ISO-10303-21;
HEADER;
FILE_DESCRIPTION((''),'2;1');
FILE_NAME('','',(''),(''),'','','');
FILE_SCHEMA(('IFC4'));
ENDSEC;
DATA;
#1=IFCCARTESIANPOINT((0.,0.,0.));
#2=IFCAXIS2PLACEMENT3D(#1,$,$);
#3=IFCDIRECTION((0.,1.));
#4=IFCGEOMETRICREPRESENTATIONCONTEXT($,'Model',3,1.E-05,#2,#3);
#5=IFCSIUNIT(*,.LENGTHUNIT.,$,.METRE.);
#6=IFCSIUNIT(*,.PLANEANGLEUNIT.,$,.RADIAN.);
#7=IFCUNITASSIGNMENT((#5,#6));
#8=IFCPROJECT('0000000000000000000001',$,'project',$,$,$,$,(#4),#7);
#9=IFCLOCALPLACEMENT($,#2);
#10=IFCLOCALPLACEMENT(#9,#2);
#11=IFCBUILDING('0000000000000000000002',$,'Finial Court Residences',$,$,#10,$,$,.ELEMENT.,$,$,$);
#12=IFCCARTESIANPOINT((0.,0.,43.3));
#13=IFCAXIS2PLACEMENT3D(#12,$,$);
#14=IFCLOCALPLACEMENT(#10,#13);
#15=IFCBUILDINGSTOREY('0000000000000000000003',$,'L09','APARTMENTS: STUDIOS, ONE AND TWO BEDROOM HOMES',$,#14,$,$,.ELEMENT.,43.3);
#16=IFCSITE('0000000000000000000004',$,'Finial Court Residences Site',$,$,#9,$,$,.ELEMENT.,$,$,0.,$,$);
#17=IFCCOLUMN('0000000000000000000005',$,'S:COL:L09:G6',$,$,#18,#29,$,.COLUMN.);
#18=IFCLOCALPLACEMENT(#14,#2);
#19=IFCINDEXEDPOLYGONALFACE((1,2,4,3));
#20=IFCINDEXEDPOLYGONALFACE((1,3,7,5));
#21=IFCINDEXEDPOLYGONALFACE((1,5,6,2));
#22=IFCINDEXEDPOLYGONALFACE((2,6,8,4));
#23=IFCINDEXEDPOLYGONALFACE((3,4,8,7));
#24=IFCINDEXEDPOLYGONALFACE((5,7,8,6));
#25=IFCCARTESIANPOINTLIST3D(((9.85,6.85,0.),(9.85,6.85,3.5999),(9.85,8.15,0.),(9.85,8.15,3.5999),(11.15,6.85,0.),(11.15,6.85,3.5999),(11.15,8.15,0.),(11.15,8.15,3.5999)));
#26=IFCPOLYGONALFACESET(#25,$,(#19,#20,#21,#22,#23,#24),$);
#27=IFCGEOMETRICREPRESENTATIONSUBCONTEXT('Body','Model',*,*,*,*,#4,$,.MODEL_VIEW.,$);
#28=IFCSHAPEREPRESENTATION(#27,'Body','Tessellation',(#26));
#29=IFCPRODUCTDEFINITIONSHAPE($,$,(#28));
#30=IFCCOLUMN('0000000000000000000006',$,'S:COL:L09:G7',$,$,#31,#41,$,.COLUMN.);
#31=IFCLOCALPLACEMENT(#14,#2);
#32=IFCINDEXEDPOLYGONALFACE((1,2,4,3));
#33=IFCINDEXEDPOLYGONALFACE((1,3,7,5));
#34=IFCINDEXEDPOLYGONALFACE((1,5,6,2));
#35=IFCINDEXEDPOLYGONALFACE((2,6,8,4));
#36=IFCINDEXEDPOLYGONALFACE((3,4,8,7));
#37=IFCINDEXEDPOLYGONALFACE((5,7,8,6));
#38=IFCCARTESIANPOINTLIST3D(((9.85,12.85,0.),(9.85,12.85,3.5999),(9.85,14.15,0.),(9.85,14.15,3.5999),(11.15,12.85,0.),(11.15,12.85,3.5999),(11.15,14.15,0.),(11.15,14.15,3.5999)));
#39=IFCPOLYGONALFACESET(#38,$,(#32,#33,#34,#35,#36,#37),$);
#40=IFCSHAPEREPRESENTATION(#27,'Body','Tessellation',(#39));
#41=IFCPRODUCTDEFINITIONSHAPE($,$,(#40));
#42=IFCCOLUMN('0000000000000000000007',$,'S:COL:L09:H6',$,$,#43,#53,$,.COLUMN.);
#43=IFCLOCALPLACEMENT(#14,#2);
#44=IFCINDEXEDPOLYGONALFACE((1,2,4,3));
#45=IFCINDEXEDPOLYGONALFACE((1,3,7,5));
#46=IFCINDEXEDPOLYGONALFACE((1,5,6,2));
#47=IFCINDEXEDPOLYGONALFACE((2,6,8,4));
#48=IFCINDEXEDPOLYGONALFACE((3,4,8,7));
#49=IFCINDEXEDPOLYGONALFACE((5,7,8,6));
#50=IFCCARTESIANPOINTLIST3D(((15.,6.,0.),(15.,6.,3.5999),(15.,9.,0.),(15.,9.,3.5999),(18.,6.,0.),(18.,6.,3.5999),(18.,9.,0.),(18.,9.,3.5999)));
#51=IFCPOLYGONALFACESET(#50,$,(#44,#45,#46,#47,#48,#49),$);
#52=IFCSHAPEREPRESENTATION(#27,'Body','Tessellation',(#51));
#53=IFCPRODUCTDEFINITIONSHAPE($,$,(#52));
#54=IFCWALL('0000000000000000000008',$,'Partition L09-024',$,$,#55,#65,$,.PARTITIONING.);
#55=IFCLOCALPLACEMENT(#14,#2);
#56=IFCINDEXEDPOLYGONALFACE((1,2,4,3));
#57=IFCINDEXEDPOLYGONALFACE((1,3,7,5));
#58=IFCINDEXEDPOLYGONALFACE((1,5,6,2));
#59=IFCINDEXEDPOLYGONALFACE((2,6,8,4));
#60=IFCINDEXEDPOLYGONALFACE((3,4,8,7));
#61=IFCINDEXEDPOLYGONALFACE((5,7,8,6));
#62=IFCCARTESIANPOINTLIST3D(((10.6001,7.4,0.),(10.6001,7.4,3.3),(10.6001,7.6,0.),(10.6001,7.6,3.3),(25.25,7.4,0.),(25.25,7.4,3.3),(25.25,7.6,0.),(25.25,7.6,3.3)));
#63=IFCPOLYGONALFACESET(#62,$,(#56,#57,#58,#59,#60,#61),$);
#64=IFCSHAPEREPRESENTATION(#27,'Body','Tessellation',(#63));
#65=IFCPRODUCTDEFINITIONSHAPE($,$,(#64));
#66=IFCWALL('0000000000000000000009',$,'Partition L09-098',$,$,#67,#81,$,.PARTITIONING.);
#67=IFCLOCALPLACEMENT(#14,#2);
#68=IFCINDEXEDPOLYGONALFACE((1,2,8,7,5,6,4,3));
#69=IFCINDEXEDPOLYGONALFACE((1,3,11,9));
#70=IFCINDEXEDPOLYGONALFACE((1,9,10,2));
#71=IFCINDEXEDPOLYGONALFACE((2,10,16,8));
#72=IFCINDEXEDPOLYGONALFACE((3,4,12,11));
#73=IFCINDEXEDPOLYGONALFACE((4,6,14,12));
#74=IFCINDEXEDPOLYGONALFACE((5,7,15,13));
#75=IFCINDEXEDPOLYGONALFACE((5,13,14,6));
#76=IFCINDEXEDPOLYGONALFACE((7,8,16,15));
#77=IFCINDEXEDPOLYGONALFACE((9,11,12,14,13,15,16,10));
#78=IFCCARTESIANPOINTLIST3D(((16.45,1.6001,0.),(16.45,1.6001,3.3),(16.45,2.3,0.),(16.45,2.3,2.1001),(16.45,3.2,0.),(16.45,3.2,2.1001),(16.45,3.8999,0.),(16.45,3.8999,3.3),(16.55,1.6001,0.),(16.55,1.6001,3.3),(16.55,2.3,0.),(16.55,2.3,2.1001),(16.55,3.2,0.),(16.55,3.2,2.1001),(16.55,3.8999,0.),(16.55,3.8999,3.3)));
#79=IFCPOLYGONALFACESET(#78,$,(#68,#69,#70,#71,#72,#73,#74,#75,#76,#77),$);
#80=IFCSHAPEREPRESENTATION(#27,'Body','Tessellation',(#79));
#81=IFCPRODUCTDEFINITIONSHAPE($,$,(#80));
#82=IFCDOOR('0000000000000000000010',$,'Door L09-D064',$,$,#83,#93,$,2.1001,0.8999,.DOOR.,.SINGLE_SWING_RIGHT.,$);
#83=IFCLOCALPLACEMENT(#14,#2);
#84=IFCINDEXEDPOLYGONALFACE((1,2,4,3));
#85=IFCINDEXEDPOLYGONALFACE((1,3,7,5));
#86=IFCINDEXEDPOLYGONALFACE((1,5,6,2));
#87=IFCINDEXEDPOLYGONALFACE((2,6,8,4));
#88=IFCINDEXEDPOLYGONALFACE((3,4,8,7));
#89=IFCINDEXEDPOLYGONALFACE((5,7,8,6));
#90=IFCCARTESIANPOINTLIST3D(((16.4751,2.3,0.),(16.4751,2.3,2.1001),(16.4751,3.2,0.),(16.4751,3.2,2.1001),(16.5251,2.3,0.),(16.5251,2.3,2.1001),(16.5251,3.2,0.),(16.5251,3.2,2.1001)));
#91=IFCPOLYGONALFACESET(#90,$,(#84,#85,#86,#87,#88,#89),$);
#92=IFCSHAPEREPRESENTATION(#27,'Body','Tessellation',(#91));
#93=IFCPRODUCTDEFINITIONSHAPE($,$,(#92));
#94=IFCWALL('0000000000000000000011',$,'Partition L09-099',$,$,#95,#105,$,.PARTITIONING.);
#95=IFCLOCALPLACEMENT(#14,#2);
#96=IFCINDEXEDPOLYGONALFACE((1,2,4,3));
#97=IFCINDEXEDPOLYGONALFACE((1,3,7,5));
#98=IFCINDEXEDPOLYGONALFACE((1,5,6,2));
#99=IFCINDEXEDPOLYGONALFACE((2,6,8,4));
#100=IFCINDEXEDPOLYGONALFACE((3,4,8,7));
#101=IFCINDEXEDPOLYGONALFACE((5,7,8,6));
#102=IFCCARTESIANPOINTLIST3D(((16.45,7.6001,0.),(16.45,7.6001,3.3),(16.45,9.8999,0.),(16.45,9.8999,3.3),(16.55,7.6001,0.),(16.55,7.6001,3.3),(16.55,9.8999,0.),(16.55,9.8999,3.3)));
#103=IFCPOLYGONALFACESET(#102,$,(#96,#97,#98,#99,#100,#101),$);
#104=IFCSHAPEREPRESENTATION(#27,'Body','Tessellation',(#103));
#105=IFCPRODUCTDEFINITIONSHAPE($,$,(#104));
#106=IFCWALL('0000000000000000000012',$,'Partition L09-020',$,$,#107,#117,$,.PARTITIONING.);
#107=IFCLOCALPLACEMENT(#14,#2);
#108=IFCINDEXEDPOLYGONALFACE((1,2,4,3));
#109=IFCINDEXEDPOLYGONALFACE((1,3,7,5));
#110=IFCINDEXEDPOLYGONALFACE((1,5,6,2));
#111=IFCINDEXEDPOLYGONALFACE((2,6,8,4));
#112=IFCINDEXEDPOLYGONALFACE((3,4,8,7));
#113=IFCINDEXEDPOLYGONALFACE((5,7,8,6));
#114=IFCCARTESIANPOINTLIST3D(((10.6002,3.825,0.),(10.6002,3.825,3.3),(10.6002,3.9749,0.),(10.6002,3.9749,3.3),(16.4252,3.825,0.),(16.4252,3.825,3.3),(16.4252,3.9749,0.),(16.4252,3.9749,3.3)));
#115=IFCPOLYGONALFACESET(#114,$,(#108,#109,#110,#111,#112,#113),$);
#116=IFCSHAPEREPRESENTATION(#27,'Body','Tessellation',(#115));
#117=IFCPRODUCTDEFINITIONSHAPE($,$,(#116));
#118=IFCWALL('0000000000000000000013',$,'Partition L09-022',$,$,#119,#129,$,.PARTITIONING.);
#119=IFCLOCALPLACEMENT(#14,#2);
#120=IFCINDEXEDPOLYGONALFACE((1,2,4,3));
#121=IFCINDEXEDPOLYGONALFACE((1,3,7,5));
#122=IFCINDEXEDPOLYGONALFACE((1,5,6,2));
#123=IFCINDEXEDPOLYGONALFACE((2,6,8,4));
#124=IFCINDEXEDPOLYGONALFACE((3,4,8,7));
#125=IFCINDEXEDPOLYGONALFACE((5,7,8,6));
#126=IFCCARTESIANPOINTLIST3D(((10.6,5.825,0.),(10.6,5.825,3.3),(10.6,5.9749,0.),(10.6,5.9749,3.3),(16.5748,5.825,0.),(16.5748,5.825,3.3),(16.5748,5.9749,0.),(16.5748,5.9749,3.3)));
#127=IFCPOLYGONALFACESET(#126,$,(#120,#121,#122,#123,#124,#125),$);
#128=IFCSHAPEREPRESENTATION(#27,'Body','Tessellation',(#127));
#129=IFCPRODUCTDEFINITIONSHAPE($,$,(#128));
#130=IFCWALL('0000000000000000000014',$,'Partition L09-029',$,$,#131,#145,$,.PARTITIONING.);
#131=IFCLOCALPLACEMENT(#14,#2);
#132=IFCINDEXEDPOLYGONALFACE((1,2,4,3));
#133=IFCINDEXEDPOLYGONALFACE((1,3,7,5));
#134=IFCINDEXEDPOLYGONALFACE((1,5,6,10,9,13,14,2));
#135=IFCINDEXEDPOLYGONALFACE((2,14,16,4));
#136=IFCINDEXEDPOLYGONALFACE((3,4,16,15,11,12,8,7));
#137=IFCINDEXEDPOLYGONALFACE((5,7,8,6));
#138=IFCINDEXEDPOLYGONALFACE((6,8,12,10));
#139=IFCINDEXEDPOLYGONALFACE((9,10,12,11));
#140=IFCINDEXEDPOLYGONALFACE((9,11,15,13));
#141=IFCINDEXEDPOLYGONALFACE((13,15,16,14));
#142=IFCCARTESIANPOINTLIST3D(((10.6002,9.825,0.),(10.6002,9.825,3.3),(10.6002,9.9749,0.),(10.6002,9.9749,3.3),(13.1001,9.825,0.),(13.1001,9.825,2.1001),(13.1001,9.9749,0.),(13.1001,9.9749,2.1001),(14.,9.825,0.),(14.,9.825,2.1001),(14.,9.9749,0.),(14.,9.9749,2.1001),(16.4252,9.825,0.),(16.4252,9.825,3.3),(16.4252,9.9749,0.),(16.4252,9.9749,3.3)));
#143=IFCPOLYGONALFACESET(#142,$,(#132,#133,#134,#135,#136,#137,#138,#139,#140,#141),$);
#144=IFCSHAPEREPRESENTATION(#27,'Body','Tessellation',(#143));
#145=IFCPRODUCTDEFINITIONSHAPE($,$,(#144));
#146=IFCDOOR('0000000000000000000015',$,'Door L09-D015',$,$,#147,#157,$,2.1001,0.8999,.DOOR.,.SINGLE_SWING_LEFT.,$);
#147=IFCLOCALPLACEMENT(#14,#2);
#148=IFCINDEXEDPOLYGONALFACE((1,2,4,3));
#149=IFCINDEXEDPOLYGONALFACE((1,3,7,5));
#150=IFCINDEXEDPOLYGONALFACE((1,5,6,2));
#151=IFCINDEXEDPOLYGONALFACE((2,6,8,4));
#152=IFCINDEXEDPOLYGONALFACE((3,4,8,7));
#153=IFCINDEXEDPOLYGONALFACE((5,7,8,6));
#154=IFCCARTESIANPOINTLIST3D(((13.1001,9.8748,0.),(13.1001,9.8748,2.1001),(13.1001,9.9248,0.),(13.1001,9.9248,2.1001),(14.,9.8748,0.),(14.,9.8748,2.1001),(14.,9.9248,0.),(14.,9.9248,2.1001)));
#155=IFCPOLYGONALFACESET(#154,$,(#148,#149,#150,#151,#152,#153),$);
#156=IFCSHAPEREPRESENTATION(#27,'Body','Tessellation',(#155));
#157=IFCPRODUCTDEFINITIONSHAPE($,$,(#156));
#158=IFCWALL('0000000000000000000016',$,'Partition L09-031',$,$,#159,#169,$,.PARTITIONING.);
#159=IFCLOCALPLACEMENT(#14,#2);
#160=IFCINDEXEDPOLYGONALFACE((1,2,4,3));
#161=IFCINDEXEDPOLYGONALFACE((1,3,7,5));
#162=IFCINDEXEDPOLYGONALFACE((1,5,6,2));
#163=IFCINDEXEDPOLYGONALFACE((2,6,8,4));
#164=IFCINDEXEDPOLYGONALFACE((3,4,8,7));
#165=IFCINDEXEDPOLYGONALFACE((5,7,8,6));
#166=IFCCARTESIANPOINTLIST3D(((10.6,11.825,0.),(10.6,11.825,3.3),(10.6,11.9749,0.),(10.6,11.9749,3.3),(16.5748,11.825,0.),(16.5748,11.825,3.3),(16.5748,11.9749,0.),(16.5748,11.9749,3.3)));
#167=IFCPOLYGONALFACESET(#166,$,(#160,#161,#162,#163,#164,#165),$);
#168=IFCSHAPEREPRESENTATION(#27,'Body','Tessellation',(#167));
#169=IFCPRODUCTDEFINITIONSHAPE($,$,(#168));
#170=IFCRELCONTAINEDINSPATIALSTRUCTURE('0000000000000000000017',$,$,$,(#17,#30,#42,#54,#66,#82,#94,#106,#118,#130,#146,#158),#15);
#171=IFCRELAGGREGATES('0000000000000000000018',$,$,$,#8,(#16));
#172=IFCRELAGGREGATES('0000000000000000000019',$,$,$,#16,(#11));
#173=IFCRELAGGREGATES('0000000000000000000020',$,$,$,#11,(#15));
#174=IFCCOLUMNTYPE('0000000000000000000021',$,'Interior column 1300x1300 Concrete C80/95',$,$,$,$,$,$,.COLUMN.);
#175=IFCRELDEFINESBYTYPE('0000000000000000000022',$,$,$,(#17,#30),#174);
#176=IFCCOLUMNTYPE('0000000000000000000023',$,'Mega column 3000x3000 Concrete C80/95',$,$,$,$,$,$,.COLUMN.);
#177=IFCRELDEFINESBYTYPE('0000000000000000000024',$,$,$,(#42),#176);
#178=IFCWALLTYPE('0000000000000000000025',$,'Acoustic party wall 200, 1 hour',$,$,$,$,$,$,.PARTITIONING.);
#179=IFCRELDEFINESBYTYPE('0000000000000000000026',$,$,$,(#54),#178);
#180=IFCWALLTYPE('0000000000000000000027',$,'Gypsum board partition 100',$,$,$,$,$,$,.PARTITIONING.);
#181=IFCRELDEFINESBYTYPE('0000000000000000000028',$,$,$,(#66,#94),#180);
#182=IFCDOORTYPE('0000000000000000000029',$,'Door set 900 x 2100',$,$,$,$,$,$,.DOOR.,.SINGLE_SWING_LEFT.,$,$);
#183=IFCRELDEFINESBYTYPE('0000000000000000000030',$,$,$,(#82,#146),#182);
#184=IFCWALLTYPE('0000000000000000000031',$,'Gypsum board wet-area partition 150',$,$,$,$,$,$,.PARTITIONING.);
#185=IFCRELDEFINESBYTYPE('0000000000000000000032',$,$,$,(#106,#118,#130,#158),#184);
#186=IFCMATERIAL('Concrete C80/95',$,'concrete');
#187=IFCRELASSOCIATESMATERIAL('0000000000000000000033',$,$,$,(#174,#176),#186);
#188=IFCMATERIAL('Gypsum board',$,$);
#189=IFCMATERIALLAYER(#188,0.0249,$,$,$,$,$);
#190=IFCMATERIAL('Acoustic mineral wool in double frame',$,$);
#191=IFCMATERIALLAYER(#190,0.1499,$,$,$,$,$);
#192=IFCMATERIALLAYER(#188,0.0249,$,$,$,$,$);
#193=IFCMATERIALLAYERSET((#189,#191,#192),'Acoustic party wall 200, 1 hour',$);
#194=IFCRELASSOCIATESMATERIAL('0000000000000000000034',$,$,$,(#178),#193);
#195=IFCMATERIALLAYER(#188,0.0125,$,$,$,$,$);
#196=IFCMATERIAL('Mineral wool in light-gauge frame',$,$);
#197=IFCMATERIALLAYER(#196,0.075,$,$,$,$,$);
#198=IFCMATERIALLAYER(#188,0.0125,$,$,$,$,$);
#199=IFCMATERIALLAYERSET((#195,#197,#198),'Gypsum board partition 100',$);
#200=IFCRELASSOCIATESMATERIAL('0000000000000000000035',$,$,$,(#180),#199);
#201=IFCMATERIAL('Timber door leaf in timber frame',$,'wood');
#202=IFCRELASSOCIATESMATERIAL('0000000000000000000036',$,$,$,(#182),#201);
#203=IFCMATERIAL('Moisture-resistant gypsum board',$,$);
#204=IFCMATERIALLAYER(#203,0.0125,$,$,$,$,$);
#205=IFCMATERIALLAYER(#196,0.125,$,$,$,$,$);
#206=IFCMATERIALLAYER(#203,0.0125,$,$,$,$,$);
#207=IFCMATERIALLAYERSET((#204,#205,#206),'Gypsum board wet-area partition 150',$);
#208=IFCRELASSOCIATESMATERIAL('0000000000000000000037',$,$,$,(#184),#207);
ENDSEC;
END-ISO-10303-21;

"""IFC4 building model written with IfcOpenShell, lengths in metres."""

from ifc_helpers import new_model, si_unit, direction, frame, frame_2d, origin, origin_2d, place, context, subcontext, project, spatial, rectangle, extrude, material, layer, layer_set, material_profile, profile_set, type_object, element, fill, save


model = new_model("IFC4")

# Units and contexts
model_context = context("Model", 3, precision=1e-05, world=origin(), true_north=direction((0.0, 1.0)))
body_context = subcontext(model_context, "Body", "Model", "MODEL_VIEW")
ifc_project = project(units=[si_unit("LENGTHUNIT", "METRE"), si_unit("PLANEANGLEUNIT", "RADIAN")], contexts=[model_context])

# Site, building, storey
site_placement = place(None, origin())
site = spatial("IfcSite", under=ifc_project, at=site_placement, Name="Finial Court Residences Site", CompositionType="ELEMENT", RefElevation=0.0)
building_placement = place(site_placement, origin())
building = spatial("IfcBuilding", under=site, at=building_placement, Name="Finial Court Residences", CompositionType="ELEMENT")
storey_placement = place(building_placement, frame((0.0, 0.0, 43.3)))
storey = spatial("IfcBuildingStorey", under=building, at=storey_placement, Name="L09", Description="APARTMENTS: STUDIOS, ONE AND TWO BEDROOM HOMES", CompositionType="ELEMENT", Elevation=43.3)

# Columns
ifc_material_1 = material(Name="Concrete C80/95", Category="concrete")
ifc_material_profile_1 = material_profile(ifc_material_1, rectangle(XDim=1.3, YDim=1.3, at=origin_2d()), Name="1300x1300")
ifc_profile_set_1 = profile_set([ifc_material_profile_1], Name="Concrete C80/95")
column_type_1 = type_object("IfcColumnType", Name="Interior column 1300x1300 Concrete C80/95", PredefinedType="COLUMN", material=ifc_profile_set_1)
for number, where, z_axis, x_axis, name in (
    (1, (10.5, 7.5, 0.0), (0.0, 0.0, 1.0), (1.0, 0.0, 0.0), "S:COL:L09:G6"),
    (2, (10.5, 13.5, 0.0), (0.0, 0.0, 1.0), (1.0, 0.0, 0.0), "S:COL:L09:G7"),
):
    element("IfcColumn", number, at=place(storey_placement, frame(where, z_axis=z_axis, x_axis=x_axis)), inside=storey, type_object=column_type_1, Name=name, PredefinedType="COLUMN", context=body_context, shape_type="SweptSolid", body=[
        extrude(rectangle(XDim=1.3, YDim=1.3, at=origin_2d()), origin(), (0.0, 0.0, 1.0), 3.5999),
    ])
ifc_material_profile_2 = material_profile(ifc_material_1, rectangle(XDim=3.0, YDim=3.0, at=origin_2d()), Name="3000x3000")
ifc_profile_set_2 = profile_set([ifc_material_profile_2], Name="Concrete C80/95")
column_type_2 = type_object("IfcColumnType", Name="Mega column 3000x3000 Concrete C80/95", PredefinedType="COLUMN", material=ifc_profile_set_2)
column_placement = place(storey_placement, frame((16.5, 7.5, 0.0), z_axis=(0.0, 0.0, 1.0), x_axis=(1.0, 0.0, 0.0)))
element("IfcColumn", 3, at=column_placement, inside=storey, type_object=column_type_2, Name="S:COL:L09:H6", PredefinedType="COLUMN", context=body_context, shape_type="SweptSolid", body=[
    extrude(rectangle(XDim=3.0, YDim=3.0, at=origin_2d()), origin(), (0.0, 0.0, 1.0), 3.5999),
])

# Wall
ifc_material_2 = material(Name="Gypsum board")
ifc_layer_1 = layer(ifc_material_2, 0.0249)
ifc_material_3 = material(Name="Acoustic mineral wool in double frame")
ifc_layer_2 = layer(ifc_material_3, 0.1499)
ifc_layer_3 = layer(ifc_material_2, 0.0249)
ifc_layer_set_1 = layer_set([ifc_layer_1, ifc_layer_2, ifc_layer_3], Name="Acoustic party wall 200, 1 hour")
wall_type_1 = type_object("IfcWallType", Name="Acoustic party wall 200, 1 hour", PredefinedType="PARTITIONING", material=ifc_layer_set_1)
wall_1_placement = place(storey_placement, frame((10.6001, 7.5, 0.0), z_axis=(0.0, 0.0, 1.0), x_axis=(1.0, 0.0, 0.0)))
element("IfcWall", 4, at=wall_1_placement, inside=storey, type_object=wall_type_1, Name="Partition L09-024", PredefinedType="PARTITIONING", context=body_context, shape_type="SweptSolid", body=[
    extrude(rectangle(XDim=14.6499, YDim=0.2, at=frame_2d((7.325, 0.0))), origin(), (0.0, 0.0, 1.0), 3.3),
])

# Wall, opening, door
ifc_layer_4 = layer(ifc_material_2, 0.0125)
ifc_material_4 = material(Name="Mineral wool in light-gauge frame")
ifc_layer_5 = layer(ifc_material_4, 0.075)
ifc_layer_6 = layer(ifc_material_2, 0.0125)
ifc_layer_set_2 = layer_set([ifc_layer_4, ifc_layer_5, ifc_layer_6], Name="Gypsum board partition 100")
wall_type_2 = type_object("IfcWallType", Name="Gypsum board partition 100", PredefinedType="PARTITIONING", material=ifc_layer_set_2)
wall_2_placement = place(storey_placement, frame((16.5, 1.6001, 0.0), z_axis=(0.0, 0.0, 1.0), x_axis=(0.0, 1.0, 0.0)))
wall_2 = element("IfcWall", 5, at=wall_2_placement, inside=storey, type_object=wall_type_2, Name="Partition L09-098", PredefinedType="PARTITIONING", context=body_context, shape_type="SweptSolid", body=[
    extrude(rectangle(XDim=2.2998, YDim=0.1001, at=frame_2d((1.1499, 0.0))), origin(), (0.0, 0.0, 1.0), 3.3),
])
opening_1_placement = place(wall_2_placement, frame((0.7, 0.0, 0.0)))
opening_1 = element("IfcOpeningElement", 6, at=opening_1_placement, cuts=wall_2, PredefinedType="OPENING", context=body_context, shape_type="SweptSolid", body=[
    extrude(rectangle(XDim=0.8999, YDim=2.1001, at=frame_2d((0.45, 1.05))), frame((0.0, 0.0601, 0.0), z_axis=(0.0, -1.0, 0.0), x_axis=(1.0, 0.0, 0.0)), (0.0, 0.0, 1.0), 0.1201),
])
ifc_material_5 = material(Name="Timber door leaf in timber frame", Category="wood")
door_type = type_object("IfcDoorType", Name="Door set 900 x 2100", OperationType="SINGLE_SWING_LEFT", PredefinedType="DOOR", material=ifc_material_5)
door_1_placement = place(opening_1_placement, origin())
door_1 = element("IfcDoor", 7, at=door_1_placement, inside=storey, type_object=door_type, Name="Door L09-D064", OperationType="SINGLE_SWING_RIGHT", OverallHeight=2.1001, OverallWidth=0.8999, PredefinedType="DOOR", context=body_context, shape_type="SweptSolid", body=[
    extrude(rectangle(XDim=0.8999, YDim=2.1001, at=frame_2d((0.45, 1.05))), frame((0.0, 0.0249, 0.0), z_axis=(0.0, -1.0, 0.0), x_axis=(1.0, 0.0, 0.0)), (0.0, 0.0, 1.0), 0.05),
])
fill(opening_1, door_1)

# Walls
wall_3_placement = place(storey_placement, frame((16.5, 7.6001, 0.0), z_axis=(0.0, 0.0, 1.0), x_axis=(0.0, 1.0, 0.0)))
element("IfcWall", 8, at=wall_3_placement, inside=storey, type_object=wall_type_2, Name="Partition L09-099", PredefinedType="PARTITIONING", context=body_context, shape_type="SweptSolid", body=[
    extrude(rectangle(XDim=2.2998, YDim=0.1001, at=frame_2d((1.1499, 0.0))), origin(), (0.0, 0.0, 1.0), 3.3),
])
ifc_material_6 = material(Name="Moisture-resistant gypsum board")
ifc_layer_7 = layer(ifc_material_6, 0.0125)
ifc_layer_8 = layer(ifc_material_4, 0.125)
ifc_layer_9 = layer(ifc_material_6, 0.0125)
ifc_layer_set_3 = layer_set([ifc_layer_7, ifc_layer_8, ifc_layer_9], Name="Gypsum board wet-area partition 150")
wall_type_3 = type_object("IfcWallType", Name="Gypsum board wet-area partition 150", PredefinedType="PARTITIONING", material=ifc_layer_set_3)
wall_4_placement = place(storey_placement, frame((10.6001, 3.8999, 0.0), z_axis=(0.0, 0.0, 1.0), x_axis=(1.0, 0.0, 0.0)))
element("IfcWall", 9, at=wall_4_placement, inside=storey, type_object=wall_type_3, Name="Partition L09-020", PredefinedType="PARTITIONING", context=body_context, shape_type="SweptSolid", body=[
    extrude(rectangle(XDim=5.825, YDim=0.1499, at=frame_2d((2.9126, 0.0))), origin(), (0.0, 0.0, 1.0), 3.3),
])
wall_5_placement = place(storey_placement, frame((10.6001, 5.8999, 0.0), z_axis=(0.0, 0.0, 1.0), x_axis=(1.0, 0.0, 0.0)))
element("IfcWall", 10, at=wall_5_placement, inside=storey, type_object=wall_type_3, Name="Partition L09-022", PredefinedType="PARTITIONING", context=body_context, shape_type="SweptSolid", body=[
    extrude(rectangle(XDim=5.9749, YDim=0.1499, at=frame_2d((2.9873, 0.0))), origin(), (0.0, 0.0, 1.0), 3.3),
])

# Wall, opening, door
wall_6_placement = place(storey_placement, frame((10.6001, 9.8999, 0.0), z_axis=(0.0, 0.0, 1.0), x_axis=(1.0, 0.0, 0.0)))
wall_6 = element("IfcWall", 11, at=wall_6_placement, inside=storey, type_object=wall_type_3, Name="Partition L09-029", PredefinedType="PARTITIONING", context=body_context, shape_type="SweptSolid", body=[
    extrude(rectangle(XDim=5.825, YDim=0.1499, at=frame_2d((2.9126, 0.0))), origin(), (0.0, 0.0, 1.0), 3.3),
])
opening_2_placement = place(wall_6_placement, frame((2.5, 0.0, 0.0)))
opening_2 = element("IfcOpeningElement", 12, at=opening_2_placement, cuts=wall_6, PredefinedType="OPENING", context=body_context, shape_type="SweptSolid", body=[
    extrude(rectangle(XDim=0.8999, YDim=2.1001, at=frame_2d((0.45, 1.05))), frame((0.0, 0.085, 0.0), z_axis=(0.0, -1.0, 0.0), x_axis=(1.0, 0.0, 0.0)), (0.0, 0.0, 1.0), 0.1699),
])
door_2_placement = place(opening_2_placement, origin())
door_2 = element("IfcDoor", 13, at=door_2_placement, inside=storey, type_object=door_type, Name="Door L09-D015", OperationType="SINGLE_SWING_LEFT", OverallHeight=2.1001, OverallWidth=0.8999, PredefinedType="DOOR", context=body_context, shape_type="SweptSolid", body=[
    extrude(rectangle(XDim=0.8999, YDim=2.1001, at=frame_2d((0.45, 1.05))), frame((0.0, 0.0249, 0.0), z_axis=(0.0, -1.0, 0.0), x_axis=(1.0, 0.0, 0.0)), (0.0, 0.0, 1.0), 0.05),
])
fill(opening_2, door_2)

# Wall
wall_7_placement = place(storey_placement, frame((10.6001, 11.8999, 0.0), z_axis=(0.0, 0.0, 1.0), x_axis=(1.0, 0.0, 0.0)))
element("IfcWall", 14, at=wall_7_placement, inside=storey, type_object=wall_type_3, Name="Partition L09-031", PredefinedType="PARTITIONING", context=body_context, shape_type="SweptSolid", body=[
    extrude(rectangle(XDim=5.9749, YDim=0.1499, at=frame_2d((2.9873, 0.0))), origin(), (0.0, 0.0, 1.0), 3.3),
])

save(model, "model.ifc")
